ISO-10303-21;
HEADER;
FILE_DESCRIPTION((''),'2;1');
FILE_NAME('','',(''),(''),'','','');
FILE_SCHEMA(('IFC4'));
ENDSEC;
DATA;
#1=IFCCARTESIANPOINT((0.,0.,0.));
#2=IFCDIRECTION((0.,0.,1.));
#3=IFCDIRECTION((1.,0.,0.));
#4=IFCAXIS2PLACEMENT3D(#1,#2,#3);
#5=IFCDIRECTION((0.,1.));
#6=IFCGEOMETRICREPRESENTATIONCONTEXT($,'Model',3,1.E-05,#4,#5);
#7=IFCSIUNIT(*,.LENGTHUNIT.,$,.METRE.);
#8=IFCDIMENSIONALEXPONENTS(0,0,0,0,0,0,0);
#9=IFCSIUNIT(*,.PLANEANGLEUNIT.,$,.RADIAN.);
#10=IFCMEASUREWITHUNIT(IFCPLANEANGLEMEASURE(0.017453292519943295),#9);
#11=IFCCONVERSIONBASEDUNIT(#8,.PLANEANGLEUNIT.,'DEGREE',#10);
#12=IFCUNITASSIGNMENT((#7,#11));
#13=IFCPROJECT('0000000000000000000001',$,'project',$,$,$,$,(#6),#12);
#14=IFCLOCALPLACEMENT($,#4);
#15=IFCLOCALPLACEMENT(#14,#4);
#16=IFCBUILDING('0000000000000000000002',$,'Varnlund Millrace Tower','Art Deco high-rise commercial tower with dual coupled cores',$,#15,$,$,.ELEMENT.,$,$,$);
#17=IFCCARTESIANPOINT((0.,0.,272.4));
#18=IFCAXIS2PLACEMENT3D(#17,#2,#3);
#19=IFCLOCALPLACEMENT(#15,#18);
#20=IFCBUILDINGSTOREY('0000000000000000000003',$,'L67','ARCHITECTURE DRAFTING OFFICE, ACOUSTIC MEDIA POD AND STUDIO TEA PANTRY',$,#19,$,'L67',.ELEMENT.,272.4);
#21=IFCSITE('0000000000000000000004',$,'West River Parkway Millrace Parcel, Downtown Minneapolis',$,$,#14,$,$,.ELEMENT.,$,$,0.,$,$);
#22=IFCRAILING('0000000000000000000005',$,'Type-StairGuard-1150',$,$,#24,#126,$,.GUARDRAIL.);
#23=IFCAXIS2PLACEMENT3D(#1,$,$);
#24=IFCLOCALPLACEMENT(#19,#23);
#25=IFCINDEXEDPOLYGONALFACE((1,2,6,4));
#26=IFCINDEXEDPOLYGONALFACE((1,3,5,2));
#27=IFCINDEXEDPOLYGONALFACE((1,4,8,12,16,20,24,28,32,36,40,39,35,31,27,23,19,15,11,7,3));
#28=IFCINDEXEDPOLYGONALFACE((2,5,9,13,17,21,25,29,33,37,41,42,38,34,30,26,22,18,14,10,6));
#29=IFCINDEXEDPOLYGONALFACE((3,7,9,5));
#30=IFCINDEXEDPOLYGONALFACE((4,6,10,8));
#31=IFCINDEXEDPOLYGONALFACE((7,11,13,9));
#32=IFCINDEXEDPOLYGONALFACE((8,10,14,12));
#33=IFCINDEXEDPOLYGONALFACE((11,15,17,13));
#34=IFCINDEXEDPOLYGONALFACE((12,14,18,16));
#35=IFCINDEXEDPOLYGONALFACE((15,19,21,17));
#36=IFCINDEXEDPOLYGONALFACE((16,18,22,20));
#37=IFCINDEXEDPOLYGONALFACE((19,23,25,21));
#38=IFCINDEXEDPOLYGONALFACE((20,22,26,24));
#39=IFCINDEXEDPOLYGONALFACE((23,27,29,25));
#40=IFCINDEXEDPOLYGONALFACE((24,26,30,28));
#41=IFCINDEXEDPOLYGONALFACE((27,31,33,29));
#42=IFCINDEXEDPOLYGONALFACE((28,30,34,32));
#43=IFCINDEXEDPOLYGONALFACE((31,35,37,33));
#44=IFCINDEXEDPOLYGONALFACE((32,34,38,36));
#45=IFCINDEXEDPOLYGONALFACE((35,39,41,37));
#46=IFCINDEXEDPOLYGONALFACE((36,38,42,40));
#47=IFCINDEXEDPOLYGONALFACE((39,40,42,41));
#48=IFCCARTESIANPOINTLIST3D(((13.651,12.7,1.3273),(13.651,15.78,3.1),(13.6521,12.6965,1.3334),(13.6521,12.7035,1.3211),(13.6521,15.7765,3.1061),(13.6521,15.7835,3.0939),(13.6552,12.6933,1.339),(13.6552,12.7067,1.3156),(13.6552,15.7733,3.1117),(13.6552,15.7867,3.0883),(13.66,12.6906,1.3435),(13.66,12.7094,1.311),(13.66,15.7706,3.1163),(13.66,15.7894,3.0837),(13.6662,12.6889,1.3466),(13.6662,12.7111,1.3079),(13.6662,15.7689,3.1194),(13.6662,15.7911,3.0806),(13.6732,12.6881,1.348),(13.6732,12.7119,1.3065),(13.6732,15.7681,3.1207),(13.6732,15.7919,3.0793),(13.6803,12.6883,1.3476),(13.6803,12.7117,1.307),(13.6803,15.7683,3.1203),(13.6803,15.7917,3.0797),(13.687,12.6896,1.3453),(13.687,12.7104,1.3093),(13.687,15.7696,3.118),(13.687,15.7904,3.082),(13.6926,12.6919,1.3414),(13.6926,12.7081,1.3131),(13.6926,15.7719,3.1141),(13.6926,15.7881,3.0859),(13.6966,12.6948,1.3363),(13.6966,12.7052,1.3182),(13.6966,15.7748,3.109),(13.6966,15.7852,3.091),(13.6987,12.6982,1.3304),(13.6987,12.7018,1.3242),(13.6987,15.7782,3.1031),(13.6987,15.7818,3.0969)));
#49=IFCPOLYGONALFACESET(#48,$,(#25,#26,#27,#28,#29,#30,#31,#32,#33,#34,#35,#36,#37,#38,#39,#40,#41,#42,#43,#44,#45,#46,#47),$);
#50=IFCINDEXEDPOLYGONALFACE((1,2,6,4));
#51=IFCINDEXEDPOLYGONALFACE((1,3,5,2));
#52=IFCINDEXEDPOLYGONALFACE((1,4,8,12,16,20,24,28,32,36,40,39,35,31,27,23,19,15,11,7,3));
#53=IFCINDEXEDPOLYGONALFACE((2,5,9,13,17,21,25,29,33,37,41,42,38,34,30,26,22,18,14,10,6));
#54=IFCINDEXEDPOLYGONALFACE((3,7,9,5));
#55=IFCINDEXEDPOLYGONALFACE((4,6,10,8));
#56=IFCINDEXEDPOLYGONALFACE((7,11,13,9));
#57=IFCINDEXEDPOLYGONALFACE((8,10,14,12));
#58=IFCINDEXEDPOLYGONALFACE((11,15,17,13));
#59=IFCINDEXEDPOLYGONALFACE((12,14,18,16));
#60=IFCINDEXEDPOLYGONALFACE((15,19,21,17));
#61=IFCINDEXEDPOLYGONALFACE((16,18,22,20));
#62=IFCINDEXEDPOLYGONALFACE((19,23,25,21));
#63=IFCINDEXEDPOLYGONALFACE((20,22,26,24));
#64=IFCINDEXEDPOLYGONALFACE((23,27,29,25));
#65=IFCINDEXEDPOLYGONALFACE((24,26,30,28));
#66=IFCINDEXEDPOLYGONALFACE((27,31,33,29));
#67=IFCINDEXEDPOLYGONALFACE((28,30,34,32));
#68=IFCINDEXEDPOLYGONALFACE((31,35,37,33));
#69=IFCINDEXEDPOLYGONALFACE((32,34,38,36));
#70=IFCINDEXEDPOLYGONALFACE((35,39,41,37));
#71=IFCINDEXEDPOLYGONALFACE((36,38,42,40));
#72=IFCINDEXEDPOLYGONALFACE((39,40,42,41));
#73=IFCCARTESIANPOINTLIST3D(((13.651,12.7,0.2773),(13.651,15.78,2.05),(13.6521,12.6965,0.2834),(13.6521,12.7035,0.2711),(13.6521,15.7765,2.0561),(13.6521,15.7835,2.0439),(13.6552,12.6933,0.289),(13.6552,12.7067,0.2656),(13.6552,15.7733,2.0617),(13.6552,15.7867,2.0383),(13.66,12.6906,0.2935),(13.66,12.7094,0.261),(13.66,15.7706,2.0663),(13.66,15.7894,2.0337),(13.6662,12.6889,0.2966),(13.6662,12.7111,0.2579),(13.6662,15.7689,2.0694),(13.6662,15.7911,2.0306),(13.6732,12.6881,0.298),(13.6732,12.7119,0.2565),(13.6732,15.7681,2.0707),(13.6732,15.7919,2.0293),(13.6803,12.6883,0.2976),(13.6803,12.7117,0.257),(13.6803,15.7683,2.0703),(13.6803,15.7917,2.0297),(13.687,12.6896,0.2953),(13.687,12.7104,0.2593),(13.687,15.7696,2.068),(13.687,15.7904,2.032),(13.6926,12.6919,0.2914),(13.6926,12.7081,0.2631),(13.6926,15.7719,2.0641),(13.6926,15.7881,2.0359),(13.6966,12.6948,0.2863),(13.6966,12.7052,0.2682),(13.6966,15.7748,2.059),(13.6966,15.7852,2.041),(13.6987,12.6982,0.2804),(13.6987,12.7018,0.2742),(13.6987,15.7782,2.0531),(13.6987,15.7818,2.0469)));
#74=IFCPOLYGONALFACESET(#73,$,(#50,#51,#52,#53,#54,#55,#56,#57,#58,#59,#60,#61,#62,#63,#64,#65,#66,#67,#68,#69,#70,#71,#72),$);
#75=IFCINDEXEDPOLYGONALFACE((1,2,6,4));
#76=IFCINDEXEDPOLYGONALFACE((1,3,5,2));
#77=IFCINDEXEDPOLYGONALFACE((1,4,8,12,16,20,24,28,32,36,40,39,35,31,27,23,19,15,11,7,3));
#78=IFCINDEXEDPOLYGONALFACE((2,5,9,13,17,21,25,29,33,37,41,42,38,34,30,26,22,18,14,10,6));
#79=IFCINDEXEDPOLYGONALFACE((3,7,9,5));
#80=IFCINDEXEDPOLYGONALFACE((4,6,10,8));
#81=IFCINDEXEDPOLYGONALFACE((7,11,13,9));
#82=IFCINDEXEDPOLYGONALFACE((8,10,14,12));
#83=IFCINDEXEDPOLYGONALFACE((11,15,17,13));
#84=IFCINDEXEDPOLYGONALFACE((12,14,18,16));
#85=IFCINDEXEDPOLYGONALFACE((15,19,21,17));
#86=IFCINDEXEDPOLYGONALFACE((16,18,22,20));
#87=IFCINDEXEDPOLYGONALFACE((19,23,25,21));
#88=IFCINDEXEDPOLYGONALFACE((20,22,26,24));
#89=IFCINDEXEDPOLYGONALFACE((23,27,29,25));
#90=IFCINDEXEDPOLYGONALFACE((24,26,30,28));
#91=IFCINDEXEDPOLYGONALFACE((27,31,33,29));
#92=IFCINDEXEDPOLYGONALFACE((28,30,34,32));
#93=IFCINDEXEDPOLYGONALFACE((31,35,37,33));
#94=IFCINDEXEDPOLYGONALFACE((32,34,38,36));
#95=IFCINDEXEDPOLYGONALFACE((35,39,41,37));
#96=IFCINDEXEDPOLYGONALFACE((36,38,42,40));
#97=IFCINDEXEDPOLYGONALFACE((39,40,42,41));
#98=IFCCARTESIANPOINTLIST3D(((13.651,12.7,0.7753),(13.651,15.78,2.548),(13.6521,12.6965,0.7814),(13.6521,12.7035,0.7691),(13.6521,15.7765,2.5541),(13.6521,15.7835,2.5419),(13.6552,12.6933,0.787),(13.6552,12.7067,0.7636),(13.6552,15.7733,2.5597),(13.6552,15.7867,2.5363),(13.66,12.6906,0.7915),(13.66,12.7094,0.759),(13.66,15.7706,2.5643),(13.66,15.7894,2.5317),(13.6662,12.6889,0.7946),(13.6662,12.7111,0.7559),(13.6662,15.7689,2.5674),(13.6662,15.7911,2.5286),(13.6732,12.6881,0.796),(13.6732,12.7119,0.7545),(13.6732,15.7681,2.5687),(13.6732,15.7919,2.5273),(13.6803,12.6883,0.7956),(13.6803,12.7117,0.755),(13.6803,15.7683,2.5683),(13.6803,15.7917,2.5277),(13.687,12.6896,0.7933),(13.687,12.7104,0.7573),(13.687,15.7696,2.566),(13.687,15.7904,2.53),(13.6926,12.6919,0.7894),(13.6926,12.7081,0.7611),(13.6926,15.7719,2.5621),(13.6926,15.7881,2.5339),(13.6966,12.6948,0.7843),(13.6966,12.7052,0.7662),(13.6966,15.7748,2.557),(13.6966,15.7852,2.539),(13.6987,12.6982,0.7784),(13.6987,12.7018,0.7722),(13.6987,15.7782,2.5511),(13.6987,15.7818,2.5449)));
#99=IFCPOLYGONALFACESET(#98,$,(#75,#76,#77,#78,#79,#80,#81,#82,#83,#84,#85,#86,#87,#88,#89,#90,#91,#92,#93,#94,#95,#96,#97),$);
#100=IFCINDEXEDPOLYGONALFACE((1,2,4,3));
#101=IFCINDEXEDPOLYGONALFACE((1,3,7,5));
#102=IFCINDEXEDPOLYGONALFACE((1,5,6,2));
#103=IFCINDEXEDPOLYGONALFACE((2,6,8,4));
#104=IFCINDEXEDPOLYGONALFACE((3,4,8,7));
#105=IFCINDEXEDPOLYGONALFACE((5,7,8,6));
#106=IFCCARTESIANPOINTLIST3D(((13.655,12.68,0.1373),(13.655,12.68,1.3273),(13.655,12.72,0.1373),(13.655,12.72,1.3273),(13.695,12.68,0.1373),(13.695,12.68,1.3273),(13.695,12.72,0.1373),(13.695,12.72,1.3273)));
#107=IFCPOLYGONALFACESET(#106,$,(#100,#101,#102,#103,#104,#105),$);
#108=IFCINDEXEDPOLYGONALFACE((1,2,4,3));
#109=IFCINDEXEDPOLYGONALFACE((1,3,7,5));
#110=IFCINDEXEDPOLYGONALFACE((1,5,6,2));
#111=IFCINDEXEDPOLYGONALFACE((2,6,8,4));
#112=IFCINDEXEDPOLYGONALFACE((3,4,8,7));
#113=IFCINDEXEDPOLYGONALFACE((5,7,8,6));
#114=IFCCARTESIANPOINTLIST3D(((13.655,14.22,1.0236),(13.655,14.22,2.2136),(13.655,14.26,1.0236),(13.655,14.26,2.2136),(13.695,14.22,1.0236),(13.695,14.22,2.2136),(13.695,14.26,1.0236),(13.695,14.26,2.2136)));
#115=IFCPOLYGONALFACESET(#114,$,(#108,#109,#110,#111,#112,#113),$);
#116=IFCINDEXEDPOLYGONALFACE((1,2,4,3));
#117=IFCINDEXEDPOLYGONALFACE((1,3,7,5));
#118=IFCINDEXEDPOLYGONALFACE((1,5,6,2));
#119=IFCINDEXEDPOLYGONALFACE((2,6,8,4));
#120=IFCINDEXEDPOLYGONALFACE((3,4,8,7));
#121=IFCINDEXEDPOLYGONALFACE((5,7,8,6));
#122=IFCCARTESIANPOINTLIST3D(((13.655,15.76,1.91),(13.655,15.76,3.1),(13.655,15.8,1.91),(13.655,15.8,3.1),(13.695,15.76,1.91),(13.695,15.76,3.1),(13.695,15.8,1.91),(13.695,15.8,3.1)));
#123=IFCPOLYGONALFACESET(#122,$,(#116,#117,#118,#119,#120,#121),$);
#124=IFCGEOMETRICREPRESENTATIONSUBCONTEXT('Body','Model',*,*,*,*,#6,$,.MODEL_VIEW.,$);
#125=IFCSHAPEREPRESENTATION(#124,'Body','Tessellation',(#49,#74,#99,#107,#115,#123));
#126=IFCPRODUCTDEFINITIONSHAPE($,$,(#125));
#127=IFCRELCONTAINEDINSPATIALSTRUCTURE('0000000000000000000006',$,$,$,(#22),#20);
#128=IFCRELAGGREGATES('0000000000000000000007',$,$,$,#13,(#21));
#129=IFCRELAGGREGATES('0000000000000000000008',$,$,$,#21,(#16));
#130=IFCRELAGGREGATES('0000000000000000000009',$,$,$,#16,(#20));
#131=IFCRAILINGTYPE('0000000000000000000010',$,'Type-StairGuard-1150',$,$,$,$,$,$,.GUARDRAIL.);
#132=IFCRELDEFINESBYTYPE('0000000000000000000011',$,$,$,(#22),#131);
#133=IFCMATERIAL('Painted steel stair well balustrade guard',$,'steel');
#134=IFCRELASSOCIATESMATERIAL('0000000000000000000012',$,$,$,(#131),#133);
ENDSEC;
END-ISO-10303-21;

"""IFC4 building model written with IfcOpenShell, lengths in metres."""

from ifc_helpers import new_model, entity, si_unit, converted_unit, direction, frame, origin_with_axes, origin_2d_with_axis, place, context, subcontext, project, spatial, rectangle, circle, extrude, material, type_object, element, save


model = new_model("IFC4")

# Units and contexts
model_context = context("Model", 3, precision=1e-05, world=origin_with_axes(), true_north=direction((0.0, 1.0)))
body_context = subcontext(model_context, "Body", "Model", "MODEL_VIEW")
ifc_project = project(units=[si_unit("LENGTHUNIT", "METRE"), converted_unit("PLANEANGLEUNIT", "DEGREE", entity("IfcPlaneAngleMeasure", 0.017453292519943295), si_unit("PLANEANGLEUNIT", "RADIAN"), dimensions=[0, 0, 0, 0, 0, 0, 0])], contexts=[model_context])

# Site, building, storey
site_placement = place(None, origin_with_axes())
site = spatial("IfcSite", under=ifc_project, at=site_placement, Name="West River Parkway Millrace Parcel, Downtown Minneapolis", CompositionType="ELEMENT", RefElevation=0.0)
building_placement = place(site_placement, origin_with_axes())
building = spatial("IfcBuilding", under=site, at=building_placement, Name="Varnlund Millrace Tower", Description="Art Deco high-rise commercial tower with dual coupled cores", CompositionType="ELEMENT")
storey_placement = place(building_placement, frame((0.0, 0.0, 272.4), z_axis=(0.0, 0.0, 1.0), x_axis=(1.0, 0.0, 0.0)))
storey = spatial("IfcBuildingStorey", under=building, at=storey_placement, Name="L67", Description="ARCHITECTURE DRAFTING OFFICE, ACOUSTIC MEDIA POD AND STUDIO TEA PANTRY", LongName="L67", CompositionType="ELEMENT", Elevation=272.4)

# Railing
ifc_material_1 = material(Name="Painted steel stair well balustrade guard", Category="steel")
railing_type_1 = type_object("IfcRailingType", Name="Type-StairGuard-1150", PredefinedType="GUARDRAIL", material=ifc_material_1)
railing_1_placement = place(storey_placement, frame((0.0, 0.0, -272.4), z_axis=(0.0, 0.0, 1.0), x_axis=(1.0, 0.0, 0.0)))
element("IfcRailing", 1, at=railing_1_placement, inside=storey, type_object=railing_type_1, Name="Type-StairGuard-1150", PredefinedType="GUARDRAIL", context=body_context, shape_type="SweptSolid", body=[
    extrude(circle(Radius=0.024, at=origin_2d_with_axis()), frame((13.675, 12.7, 273.7273), z_axis=(0.0, 0.866696, 0.498836), x_axis=(-1.0, 0.0, 0.0)), (0.0, 0.0, 1.0), 3.5537),
    extrude(circle(Radius=0.024, at=origin_2d_with_axis()), frame((13.675, 12.7, 272.6773), z_axis=(0.0, 0.866696, 0.498836), x_axis=(-1.0, 0.0, 0.0)), (0.0, 0.0, 1.0), 3.5537),
    extrude(circle(Radius=0.024, at=origin_2d_with_axis()), frame((13.675, 12.7, 273.1753), z_axis=(0.0, 0.866696, 0.498836), x_axis=(-1.0, 0.0, 0.0)), (0.0, 0.0, 1.0), 3.5537),
    extrude(rectangle(XDim=0.04, YDim=0.04, at=origin_2d_with_axis()), frame((13.675, 12.7, 272.5373), z_axis=(0.0, 0.0, 1.0), x_axis=(1.0, 0.0, 0.0)), (0.0, 0.0, 1.0), 1.19),
    extrude(rectangle(XDim=0.04, YDim=0.04, at=origin_2d_with_axis()), frame((13.675, 14.24, 273.4236), z_axis=(0.0, 0.0, 1.0), x_axis=(1.0, 0.0, 0.0)), (0.0, 0.0, 1.0), 1.19),
    extrude(rectangle(XDim=0.04, YDim=0.04, at=origin_2d_with_axis()), frame((13.675, 15.78, 274.31), z_axis=(0.0, 0.0, 1.0), x_axis=(1.0, 0.0, 0.0)), (0.0, 0.0, 1.0), 1.19),
])

save(model, "model.ifc")
